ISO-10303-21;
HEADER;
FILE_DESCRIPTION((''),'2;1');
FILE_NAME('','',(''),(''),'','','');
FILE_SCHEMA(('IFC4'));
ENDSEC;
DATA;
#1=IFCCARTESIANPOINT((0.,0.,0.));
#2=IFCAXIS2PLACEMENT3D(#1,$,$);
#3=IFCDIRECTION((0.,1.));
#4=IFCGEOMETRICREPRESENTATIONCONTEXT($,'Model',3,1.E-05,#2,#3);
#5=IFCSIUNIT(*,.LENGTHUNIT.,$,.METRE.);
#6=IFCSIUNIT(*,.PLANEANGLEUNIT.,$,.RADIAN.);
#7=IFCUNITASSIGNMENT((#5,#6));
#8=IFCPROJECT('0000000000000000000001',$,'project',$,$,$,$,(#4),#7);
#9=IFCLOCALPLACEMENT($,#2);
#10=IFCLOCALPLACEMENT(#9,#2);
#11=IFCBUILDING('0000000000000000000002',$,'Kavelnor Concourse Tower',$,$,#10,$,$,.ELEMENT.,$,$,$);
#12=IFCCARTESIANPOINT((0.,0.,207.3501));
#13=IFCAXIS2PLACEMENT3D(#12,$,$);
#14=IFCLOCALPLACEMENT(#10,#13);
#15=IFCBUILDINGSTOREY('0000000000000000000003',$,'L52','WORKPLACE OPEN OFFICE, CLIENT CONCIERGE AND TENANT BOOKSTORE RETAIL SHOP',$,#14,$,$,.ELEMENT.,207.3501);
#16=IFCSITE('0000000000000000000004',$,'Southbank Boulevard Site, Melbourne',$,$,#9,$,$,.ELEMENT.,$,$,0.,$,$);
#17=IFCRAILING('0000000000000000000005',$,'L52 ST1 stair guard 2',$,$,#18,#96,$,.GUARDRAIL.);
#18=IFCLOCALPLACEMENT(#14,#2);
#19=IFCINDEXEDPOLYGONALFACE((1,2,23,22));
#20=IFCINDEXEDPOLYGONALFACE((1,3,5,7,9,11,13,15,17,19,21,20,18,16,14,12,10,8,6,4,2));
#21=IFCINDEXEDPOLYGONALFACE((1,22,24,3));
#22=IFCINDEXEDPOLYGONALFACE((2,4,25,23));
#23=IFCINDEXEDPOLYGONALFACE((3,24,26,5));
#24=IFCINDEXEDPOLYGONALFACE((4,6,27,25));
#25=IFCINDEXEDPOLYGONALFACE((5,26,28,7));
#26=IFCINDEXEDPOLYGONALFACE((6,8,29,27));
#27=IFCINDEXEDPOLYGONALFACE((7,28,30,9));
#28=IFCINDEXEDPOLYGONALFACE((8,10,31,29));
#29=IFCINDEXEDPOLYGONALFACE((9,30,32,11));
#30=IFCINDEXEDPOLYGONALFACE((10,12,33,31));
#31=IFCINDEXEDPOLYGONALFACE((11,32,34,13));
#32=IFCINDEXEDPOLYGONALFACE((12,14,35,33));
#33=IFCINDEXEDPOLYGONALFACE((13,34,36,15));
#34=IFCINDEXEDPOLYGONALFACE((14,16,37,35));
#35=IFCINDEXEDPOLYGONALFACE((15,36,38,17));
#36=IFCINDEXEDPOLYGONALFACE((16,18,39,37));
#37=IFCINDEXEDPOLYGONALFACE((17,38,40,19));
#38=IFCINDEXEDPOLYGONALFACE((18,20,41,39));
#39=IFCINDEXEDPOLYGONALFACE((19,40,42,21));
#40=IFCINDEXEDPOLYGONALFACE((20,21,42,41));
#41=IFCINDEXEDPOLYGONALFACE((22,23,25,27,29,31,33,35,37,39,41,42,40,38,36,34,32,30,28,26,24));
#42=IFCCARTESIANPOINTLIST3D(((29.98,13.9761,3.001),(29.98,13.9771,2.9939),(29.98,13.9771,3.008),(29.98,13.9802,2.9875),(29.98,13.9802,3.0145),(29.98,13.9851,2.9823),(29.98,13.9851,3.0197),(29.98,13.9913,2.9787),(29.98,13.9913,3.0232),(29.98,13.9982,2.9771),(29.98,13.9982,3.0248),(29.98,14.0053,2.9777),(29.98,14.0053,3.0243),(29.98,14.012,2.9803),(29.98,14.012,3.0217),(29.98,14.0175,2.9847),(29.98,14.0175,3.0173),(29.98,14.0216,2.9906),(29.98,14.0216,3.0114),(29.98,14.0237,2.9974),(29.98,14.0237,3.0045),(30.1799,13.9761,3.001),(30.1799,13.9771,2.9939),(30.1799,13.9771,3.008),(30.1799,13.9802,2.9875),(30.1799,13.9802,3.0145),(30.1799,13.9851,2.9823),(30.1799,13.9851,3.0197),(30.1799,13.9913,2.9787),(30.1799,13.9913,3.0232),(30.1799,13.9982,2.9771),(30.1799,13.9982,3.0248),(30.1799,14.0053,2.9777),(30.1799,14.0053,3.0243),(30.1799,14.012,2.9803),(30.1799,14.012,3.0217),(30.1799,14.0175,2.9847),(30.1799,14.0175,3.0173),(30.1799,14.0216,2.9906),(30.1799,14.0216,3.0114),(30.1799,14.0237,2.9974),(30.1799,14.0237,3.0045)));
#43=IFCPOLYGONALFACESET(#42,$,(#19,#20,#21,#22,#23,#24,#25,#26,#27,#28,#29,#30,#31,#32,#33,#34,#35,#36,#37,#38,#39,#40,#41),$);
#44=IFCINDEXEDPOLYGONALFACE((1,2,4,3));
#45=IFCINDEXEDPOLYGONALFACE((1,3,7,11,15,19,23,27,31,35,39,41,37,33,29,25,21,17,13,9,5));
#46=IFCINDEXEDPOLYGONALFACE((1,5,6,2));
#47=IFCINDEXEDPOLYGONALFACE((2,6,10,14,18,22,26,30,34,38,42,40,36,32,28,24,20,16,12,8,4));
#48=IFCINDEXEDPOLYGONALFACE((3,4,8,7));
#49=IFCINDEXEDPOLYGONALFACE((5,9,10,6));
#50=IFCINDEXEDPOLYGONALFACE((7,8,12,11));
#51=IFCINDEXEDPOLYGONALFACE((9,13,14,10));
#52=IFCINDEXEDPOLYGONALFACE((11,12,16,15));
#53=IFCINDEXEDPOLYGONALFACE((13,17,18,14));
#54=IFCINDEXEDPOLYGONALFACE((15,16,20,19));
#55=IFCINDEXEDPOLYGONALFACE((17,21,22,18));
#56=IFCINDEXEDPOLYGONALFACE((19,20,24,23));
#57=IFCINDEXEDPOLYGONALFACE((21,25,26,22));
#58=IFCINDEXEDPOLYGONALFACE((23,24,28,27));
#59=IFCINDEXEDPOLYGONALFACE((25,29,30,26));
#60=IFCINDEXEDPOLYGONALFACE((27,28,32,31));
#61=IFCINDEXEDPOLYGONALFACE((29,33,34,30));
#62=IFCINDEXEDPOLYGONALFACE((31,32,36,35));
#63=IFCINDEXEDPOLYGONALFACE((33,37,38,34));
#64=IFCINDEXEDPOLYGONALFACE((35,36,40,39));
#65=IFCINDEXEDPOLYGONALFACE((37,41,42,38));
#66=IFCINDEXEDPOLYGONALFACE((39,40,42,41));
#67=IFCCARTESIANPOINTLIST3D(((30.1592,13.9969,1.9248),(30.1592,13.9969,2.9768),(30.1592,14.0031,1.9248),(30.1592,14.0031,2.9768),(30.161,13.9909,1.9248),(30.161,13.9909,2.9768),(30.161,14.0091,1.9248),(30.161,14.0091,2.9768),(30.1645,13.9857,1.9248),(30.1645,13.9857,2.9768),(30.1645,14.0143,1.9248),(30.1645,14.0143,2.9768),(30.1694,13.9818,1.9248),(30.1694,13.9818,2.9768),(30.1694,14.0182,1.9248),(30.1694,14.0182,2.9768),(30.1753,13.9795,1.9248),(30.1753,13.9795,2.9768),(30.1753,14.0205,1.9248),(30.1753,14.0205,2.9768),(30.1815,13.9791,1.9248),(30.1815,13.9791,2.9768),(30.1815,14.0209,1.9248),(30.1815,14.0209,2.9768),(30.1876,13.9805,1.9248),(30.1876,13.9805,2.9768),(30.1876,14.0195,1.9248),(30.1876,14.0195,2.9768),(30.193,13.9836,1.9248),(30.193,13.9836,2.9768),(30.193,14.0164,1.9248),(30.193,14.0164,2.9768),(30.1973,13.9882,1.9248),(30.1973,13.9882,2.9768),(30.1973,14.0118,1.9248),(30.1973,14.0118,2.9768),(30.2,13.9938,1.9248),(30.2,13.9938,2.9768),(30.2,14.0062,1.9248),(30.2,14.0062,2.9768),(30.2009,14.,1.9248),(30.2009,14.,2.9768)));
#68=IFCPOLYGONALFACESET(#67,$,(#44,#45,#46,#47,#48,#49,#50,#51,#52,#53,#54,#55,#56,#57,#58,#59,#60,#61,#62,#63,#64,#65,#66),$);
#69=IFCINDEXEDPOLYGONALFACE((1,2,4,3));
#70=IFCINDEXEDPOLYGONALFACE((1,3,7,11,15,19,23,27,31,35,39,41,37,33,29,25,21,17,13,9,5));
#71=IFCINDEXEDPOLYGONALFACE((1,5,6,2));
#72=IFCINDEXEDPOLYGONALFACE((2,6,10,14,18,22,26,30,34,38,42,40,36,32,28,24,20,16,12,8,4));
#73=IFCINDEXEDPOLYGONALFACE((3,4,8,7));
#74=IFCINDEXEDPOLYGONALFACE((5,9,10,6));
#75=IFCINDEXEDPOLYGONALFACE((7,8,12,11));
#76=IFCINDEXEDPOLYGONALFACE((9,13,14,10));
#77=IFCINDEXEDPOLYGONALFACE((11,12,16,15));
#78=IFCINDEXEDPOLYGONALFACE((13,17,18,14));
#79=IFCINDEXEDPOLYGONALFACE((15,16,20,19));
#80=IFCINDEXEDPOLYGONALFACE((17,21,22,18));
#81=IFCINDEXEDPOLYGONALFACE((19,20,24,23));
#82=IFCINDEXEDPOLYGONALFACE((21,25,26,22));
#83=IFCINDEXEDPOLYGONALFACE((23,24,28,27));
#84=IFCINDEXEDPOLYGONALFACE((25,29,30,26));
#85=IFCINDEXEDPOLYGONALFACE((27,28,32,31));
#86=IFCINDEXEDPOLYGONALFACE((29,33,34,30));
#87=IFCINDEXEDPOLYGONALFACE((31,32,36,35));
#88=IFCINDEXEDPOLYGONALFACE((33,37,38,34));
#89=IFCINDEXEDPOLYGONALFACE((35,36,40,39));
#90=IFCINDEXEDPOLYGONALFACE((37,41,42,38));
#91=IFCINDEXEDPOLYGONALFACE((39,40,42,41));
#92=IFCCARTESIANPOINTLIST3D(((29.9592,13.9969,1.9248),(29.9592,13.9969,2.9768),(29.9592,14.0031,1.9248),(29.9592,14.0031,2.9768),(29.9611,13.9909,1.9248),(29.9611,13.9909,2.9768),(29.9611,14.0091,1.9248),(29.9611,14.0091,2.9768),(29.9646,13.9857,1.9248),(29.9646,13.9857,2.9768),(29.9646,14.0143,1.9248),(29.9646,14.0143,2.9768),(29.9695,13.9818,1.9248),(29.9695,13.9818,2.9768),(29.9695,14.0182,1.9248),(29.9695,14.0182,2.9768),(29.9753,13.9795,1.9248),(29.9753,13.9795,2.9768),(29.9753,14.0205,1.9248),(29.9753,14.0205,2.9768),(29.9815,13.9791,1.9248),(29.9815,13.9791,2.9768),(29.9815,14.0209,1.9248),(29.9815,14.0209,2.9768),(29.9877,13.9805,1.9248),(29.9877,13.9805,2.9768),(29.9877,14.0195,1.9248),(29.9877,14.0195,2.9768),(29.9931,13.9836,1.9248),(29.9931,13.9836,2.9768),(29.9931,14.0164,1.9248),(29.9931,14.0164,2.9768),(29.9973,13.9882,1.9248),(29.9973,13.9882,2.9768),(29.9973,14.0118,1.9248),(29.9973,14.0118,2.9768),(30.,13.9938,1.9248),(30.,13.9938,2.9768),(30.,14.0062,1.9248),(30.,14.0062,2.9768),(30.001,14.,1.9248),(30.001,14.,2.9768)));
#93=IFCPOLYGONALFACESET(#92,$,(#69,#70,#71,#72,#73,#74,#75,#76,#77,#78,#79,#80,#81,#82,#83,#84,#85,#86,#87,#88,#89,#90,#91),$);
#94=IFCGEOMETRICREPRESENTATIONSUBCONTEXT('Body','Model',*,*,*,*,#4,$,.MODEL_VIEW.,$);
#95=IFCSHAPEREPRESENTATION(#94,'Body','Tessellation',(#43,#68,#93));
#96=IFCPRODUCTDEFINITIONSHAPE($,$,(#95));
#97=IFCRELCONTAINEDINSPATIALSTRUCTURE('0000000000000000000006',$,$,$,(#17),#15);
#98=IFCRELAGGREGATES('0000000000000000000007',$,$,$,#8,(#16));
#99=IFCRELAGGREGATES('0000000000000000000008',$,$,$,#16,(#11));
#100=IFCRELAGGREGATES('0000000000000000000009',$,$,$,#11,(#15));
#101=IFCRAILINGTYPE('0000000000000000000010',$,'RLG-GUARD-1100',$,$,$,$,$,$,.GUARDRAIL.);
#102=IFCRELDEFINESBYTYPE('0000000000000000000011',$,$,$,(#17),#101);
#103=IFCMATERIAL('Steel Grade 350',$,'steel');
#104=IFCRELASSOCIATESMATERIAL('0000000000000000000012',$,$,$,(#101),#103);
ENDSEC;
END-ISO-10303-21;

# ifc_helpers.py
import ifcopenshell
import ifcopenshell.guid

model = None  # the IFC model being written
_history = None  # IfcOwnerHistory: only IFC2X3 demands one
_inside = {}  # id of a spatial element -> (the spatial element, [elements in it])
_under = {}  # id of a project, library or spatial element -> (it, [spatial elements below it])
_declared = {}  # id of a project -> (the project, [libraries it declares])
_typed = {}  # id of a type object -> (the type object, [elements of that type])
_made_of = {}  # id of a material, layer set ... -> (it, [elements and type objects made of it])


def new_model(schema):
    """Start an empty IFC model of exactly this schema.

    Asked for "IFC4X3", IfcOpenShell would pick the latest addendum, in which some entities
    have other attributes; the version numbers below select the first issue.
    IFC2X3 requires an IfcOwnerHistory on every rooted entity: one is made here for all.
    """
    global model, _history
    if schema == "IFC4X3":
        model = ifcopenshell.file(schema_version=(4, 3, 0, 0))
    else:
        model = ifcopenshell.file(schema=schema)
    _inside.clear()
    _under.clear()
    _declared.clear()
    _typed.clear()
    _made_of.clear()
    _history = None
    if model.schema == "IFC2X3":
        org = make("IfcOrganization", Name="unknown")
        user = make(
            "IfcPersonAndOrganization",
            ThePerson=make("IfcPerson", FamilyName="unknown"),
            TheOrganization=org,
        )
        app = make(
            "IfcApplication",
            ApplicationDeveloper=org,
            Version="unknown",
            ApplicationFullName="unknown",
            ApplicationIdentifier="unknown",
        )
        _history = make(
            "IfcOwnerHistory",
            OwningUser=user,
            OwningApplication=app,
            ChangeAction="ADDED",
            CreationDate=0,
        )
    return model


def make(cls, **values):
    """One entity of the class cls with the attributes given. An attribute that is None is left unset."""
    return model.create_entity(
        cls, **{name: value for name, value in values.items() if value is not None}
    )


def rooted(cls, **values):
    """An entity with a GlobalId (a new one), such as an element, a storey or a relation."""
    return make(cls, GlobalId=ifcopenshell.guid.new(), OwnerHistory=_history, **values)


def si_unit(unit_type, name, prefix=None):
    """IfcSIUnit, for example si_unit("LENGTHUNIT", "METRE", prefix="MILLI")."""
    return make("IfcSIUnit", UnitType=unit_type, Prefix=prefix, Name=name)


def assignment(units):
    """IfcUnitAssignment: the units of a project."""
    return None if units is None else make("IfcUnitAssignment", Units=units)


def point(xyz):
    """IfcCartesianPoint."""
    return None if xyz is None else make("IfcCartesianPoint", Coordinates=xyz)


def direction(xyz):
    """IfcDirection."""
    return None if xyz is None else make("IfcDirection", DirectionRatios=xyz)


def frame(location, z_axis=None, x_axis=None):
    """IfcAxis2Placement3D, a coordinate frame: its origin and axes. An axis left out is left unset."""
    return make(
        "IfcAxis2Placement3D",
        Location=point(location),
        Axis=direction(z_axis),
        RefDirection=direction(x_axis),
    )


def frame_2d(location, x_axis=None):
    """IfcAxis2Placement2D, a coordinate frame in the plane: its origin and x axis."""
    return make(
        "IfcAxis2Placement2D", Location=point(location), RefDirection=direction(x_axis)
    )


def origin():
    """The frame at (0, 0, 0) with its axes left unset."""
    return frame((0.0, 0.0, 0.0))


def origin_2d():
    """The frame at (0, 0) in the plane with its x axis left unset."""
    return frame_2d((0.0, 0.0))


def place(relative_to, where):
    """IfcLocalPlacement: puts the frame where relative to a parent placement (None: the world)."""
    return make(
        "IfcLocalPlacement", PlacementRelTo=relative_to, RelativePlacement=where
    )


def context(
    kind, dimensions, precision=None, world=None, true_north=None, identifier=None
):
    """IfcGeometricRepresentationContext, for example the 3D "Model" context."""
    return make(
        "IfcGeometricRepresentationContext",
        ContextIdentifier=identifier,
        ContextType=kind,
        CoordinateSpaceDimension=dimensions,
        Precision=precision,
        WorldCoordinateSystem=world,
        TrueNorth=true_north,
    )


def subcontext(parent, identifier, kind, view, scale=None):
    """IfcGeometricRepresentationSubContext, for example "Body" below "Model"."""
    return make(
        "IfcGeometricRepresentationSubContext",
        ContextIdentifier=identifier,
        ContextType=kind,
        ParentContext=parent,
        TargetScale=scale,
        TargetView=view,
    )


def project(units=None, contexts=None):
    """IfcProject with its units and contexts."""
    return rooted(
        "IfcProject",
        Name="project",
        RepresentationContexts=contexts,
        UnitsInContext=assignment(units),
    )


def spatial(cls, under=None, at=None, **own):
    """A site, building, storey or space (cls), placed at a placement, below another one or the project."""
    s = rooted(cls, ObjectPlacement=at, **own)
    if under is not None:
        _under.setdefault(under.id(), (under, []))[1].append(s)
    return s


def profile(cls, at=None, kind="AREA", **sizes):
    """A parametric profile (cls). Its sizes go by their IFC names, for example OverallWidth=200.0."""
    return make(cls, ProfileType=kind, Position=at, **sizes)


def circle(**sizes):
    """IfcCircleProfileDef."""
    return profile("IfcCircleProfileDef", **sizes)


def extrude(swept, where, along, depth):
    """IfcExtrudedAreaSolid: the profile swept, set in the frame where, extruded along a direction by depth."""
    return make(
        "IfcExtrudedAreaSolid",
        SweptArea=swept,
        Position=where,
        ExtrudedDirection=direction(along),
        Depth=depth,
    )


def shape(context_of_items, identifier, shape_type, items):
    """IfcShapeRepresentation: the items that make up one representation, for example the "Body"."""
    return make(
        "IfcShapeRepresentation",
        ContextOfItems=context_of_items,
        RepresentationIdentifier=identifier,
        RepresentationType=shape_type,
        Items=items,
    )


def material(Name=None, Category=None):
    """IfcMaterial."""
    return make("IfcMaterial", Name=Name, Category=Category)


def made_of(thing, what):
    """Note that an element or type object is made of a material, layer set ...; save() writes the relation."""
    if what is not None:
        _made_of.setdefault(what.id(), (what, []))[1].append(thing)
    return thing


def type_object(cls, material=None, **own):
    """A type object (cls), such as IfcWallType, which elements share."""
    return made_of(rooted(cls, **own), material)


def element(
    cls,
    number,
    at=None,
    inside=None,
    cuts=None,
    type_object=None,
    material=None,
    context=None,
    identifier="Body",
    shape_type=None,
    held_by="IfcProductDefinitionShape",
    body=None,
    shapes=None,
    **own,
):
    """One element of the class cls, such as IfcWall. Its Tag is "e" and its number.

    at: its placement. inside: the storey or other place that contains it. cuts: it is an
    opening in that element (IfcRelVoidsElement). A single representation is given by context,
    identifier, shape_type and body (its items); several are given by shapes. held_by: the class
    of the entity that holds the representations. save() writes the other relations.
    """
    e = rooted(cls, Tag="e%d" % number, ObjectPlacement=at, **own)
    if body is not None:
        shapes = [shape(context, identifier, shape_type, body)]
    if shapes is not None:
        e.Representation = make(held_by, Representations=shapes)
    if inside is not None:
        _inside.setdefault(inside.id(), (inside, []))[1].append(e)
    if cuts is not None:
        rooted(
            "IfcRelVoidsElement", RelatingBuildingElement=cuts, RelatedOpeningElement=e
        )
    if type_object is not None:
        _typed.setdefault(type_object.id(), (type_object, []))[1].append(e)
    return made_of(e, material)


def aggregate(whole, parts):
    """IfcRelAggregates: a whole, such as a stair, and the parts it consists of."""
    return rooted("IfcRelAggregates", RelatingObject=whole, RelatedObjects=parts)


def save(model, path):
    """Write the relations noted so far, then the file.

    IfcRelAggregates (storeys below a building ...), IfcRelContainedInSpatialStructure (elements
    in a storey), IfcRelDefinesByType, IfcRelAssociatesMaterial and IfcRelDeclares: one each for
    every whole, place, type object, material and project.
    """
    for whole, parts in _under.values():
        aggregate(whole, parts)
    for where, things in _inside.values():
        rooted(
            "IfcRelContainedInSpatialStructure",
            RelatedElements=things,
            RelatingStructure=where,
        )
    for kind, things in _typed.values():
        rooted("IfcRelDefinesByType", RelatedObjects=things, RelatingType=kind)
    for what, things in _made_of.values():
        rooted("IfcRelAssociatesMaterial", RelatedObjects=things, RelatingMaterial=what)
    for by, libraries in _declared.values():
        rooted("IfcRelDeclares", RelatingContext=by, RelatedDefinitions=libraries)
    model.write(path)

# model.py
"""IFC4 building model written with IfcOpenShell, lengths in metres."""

from ifc_helpers import new_model, si_unit, direction, frame, origin, origin_2d, place, context, subcontext, project, spatial, circle, extrude, material, type_object, element, save


model = new_model("IFC4")

# Units and contexts
model_context = context("Model", 3, precision=1e-05, world=origin(), true_north=direction((0.0, 1.0)))
body_context = subcontext(model_context, "Body", "Model", "MODEL_VIEW")
ifc_project = project(units=[si_unit("LENGTHUNIT", "METRE"), si_unit("PLANEANGLEUNIT", "RADIAN")], contexts=[model_context])

# Site, building, storey
site_placement = place(None, origin())
site = spatial("IfcSite", under=ifc_project, at=site_placement, Name="Southbank Boulevard Site, Melbourne", CompositionType="ELEMENT", RefElevation=0.0)
building_placement = place(site_placement, origin())
building = spatial("IfcBuilding", under=site, at=building_placement, Name="Kavelnor Concourse Tower", CompositionType="ELEMENT")
storey_placement = place(building_placement, frame((0.0, 0.0, 207.3501)))
storey = spatial("IfcBuildingStorey", under=building, at=storey_placement, Name="L52", Description="WORKPLACE OPEN OFFICE, CLIENT CONCIERGE AND TENANT BOOKSTORE RETAIL SHOP", CompositionType="ELEMENT", Elevation=207.3501)

# Shared definitions
ifc_material_1 = material(Name="Steel Grade 350", Category="steel")

# Railing
railing_type_1 = type_object("IfcRailingType", Name="RLG-GUARD-1100", PredefinedType="GUARDRAIL", material=ifc_material_1)
railing_1_placement = place(storey_placement, frame((30.1799, 14.0, 1.9248)))
element("IfcRailing", 1, at=railing_1_placement, inside=storey, type_object=railing_type_1, Name="L52 ST1 stair guard 2", PredefinedType="GUARDRAIL", context=body_context, shape_type="SweptSolid", body=[
    extrude(circle(Radius=0.0239, at=origin_2d()), frame((0.0, 0.0, 1.0762), z_axis=(-1.0, 0.0, 0.0), x_axis=(0.0, -1.0, 0.0)), (0.0, 0.0, 1.0), 0.2),
    extrude(circle(Radius=0.021, at=origin_2d()), origin(), (0.0, 0.0, 1.0), 1.052),
    extrude(circle(Radius=0.021, at=origin_2d()), frame((-0.2, 0.0, 0.0)), (0.0, 0.0, 1.0), 1.052),
])

save(model, "model.ifc")
